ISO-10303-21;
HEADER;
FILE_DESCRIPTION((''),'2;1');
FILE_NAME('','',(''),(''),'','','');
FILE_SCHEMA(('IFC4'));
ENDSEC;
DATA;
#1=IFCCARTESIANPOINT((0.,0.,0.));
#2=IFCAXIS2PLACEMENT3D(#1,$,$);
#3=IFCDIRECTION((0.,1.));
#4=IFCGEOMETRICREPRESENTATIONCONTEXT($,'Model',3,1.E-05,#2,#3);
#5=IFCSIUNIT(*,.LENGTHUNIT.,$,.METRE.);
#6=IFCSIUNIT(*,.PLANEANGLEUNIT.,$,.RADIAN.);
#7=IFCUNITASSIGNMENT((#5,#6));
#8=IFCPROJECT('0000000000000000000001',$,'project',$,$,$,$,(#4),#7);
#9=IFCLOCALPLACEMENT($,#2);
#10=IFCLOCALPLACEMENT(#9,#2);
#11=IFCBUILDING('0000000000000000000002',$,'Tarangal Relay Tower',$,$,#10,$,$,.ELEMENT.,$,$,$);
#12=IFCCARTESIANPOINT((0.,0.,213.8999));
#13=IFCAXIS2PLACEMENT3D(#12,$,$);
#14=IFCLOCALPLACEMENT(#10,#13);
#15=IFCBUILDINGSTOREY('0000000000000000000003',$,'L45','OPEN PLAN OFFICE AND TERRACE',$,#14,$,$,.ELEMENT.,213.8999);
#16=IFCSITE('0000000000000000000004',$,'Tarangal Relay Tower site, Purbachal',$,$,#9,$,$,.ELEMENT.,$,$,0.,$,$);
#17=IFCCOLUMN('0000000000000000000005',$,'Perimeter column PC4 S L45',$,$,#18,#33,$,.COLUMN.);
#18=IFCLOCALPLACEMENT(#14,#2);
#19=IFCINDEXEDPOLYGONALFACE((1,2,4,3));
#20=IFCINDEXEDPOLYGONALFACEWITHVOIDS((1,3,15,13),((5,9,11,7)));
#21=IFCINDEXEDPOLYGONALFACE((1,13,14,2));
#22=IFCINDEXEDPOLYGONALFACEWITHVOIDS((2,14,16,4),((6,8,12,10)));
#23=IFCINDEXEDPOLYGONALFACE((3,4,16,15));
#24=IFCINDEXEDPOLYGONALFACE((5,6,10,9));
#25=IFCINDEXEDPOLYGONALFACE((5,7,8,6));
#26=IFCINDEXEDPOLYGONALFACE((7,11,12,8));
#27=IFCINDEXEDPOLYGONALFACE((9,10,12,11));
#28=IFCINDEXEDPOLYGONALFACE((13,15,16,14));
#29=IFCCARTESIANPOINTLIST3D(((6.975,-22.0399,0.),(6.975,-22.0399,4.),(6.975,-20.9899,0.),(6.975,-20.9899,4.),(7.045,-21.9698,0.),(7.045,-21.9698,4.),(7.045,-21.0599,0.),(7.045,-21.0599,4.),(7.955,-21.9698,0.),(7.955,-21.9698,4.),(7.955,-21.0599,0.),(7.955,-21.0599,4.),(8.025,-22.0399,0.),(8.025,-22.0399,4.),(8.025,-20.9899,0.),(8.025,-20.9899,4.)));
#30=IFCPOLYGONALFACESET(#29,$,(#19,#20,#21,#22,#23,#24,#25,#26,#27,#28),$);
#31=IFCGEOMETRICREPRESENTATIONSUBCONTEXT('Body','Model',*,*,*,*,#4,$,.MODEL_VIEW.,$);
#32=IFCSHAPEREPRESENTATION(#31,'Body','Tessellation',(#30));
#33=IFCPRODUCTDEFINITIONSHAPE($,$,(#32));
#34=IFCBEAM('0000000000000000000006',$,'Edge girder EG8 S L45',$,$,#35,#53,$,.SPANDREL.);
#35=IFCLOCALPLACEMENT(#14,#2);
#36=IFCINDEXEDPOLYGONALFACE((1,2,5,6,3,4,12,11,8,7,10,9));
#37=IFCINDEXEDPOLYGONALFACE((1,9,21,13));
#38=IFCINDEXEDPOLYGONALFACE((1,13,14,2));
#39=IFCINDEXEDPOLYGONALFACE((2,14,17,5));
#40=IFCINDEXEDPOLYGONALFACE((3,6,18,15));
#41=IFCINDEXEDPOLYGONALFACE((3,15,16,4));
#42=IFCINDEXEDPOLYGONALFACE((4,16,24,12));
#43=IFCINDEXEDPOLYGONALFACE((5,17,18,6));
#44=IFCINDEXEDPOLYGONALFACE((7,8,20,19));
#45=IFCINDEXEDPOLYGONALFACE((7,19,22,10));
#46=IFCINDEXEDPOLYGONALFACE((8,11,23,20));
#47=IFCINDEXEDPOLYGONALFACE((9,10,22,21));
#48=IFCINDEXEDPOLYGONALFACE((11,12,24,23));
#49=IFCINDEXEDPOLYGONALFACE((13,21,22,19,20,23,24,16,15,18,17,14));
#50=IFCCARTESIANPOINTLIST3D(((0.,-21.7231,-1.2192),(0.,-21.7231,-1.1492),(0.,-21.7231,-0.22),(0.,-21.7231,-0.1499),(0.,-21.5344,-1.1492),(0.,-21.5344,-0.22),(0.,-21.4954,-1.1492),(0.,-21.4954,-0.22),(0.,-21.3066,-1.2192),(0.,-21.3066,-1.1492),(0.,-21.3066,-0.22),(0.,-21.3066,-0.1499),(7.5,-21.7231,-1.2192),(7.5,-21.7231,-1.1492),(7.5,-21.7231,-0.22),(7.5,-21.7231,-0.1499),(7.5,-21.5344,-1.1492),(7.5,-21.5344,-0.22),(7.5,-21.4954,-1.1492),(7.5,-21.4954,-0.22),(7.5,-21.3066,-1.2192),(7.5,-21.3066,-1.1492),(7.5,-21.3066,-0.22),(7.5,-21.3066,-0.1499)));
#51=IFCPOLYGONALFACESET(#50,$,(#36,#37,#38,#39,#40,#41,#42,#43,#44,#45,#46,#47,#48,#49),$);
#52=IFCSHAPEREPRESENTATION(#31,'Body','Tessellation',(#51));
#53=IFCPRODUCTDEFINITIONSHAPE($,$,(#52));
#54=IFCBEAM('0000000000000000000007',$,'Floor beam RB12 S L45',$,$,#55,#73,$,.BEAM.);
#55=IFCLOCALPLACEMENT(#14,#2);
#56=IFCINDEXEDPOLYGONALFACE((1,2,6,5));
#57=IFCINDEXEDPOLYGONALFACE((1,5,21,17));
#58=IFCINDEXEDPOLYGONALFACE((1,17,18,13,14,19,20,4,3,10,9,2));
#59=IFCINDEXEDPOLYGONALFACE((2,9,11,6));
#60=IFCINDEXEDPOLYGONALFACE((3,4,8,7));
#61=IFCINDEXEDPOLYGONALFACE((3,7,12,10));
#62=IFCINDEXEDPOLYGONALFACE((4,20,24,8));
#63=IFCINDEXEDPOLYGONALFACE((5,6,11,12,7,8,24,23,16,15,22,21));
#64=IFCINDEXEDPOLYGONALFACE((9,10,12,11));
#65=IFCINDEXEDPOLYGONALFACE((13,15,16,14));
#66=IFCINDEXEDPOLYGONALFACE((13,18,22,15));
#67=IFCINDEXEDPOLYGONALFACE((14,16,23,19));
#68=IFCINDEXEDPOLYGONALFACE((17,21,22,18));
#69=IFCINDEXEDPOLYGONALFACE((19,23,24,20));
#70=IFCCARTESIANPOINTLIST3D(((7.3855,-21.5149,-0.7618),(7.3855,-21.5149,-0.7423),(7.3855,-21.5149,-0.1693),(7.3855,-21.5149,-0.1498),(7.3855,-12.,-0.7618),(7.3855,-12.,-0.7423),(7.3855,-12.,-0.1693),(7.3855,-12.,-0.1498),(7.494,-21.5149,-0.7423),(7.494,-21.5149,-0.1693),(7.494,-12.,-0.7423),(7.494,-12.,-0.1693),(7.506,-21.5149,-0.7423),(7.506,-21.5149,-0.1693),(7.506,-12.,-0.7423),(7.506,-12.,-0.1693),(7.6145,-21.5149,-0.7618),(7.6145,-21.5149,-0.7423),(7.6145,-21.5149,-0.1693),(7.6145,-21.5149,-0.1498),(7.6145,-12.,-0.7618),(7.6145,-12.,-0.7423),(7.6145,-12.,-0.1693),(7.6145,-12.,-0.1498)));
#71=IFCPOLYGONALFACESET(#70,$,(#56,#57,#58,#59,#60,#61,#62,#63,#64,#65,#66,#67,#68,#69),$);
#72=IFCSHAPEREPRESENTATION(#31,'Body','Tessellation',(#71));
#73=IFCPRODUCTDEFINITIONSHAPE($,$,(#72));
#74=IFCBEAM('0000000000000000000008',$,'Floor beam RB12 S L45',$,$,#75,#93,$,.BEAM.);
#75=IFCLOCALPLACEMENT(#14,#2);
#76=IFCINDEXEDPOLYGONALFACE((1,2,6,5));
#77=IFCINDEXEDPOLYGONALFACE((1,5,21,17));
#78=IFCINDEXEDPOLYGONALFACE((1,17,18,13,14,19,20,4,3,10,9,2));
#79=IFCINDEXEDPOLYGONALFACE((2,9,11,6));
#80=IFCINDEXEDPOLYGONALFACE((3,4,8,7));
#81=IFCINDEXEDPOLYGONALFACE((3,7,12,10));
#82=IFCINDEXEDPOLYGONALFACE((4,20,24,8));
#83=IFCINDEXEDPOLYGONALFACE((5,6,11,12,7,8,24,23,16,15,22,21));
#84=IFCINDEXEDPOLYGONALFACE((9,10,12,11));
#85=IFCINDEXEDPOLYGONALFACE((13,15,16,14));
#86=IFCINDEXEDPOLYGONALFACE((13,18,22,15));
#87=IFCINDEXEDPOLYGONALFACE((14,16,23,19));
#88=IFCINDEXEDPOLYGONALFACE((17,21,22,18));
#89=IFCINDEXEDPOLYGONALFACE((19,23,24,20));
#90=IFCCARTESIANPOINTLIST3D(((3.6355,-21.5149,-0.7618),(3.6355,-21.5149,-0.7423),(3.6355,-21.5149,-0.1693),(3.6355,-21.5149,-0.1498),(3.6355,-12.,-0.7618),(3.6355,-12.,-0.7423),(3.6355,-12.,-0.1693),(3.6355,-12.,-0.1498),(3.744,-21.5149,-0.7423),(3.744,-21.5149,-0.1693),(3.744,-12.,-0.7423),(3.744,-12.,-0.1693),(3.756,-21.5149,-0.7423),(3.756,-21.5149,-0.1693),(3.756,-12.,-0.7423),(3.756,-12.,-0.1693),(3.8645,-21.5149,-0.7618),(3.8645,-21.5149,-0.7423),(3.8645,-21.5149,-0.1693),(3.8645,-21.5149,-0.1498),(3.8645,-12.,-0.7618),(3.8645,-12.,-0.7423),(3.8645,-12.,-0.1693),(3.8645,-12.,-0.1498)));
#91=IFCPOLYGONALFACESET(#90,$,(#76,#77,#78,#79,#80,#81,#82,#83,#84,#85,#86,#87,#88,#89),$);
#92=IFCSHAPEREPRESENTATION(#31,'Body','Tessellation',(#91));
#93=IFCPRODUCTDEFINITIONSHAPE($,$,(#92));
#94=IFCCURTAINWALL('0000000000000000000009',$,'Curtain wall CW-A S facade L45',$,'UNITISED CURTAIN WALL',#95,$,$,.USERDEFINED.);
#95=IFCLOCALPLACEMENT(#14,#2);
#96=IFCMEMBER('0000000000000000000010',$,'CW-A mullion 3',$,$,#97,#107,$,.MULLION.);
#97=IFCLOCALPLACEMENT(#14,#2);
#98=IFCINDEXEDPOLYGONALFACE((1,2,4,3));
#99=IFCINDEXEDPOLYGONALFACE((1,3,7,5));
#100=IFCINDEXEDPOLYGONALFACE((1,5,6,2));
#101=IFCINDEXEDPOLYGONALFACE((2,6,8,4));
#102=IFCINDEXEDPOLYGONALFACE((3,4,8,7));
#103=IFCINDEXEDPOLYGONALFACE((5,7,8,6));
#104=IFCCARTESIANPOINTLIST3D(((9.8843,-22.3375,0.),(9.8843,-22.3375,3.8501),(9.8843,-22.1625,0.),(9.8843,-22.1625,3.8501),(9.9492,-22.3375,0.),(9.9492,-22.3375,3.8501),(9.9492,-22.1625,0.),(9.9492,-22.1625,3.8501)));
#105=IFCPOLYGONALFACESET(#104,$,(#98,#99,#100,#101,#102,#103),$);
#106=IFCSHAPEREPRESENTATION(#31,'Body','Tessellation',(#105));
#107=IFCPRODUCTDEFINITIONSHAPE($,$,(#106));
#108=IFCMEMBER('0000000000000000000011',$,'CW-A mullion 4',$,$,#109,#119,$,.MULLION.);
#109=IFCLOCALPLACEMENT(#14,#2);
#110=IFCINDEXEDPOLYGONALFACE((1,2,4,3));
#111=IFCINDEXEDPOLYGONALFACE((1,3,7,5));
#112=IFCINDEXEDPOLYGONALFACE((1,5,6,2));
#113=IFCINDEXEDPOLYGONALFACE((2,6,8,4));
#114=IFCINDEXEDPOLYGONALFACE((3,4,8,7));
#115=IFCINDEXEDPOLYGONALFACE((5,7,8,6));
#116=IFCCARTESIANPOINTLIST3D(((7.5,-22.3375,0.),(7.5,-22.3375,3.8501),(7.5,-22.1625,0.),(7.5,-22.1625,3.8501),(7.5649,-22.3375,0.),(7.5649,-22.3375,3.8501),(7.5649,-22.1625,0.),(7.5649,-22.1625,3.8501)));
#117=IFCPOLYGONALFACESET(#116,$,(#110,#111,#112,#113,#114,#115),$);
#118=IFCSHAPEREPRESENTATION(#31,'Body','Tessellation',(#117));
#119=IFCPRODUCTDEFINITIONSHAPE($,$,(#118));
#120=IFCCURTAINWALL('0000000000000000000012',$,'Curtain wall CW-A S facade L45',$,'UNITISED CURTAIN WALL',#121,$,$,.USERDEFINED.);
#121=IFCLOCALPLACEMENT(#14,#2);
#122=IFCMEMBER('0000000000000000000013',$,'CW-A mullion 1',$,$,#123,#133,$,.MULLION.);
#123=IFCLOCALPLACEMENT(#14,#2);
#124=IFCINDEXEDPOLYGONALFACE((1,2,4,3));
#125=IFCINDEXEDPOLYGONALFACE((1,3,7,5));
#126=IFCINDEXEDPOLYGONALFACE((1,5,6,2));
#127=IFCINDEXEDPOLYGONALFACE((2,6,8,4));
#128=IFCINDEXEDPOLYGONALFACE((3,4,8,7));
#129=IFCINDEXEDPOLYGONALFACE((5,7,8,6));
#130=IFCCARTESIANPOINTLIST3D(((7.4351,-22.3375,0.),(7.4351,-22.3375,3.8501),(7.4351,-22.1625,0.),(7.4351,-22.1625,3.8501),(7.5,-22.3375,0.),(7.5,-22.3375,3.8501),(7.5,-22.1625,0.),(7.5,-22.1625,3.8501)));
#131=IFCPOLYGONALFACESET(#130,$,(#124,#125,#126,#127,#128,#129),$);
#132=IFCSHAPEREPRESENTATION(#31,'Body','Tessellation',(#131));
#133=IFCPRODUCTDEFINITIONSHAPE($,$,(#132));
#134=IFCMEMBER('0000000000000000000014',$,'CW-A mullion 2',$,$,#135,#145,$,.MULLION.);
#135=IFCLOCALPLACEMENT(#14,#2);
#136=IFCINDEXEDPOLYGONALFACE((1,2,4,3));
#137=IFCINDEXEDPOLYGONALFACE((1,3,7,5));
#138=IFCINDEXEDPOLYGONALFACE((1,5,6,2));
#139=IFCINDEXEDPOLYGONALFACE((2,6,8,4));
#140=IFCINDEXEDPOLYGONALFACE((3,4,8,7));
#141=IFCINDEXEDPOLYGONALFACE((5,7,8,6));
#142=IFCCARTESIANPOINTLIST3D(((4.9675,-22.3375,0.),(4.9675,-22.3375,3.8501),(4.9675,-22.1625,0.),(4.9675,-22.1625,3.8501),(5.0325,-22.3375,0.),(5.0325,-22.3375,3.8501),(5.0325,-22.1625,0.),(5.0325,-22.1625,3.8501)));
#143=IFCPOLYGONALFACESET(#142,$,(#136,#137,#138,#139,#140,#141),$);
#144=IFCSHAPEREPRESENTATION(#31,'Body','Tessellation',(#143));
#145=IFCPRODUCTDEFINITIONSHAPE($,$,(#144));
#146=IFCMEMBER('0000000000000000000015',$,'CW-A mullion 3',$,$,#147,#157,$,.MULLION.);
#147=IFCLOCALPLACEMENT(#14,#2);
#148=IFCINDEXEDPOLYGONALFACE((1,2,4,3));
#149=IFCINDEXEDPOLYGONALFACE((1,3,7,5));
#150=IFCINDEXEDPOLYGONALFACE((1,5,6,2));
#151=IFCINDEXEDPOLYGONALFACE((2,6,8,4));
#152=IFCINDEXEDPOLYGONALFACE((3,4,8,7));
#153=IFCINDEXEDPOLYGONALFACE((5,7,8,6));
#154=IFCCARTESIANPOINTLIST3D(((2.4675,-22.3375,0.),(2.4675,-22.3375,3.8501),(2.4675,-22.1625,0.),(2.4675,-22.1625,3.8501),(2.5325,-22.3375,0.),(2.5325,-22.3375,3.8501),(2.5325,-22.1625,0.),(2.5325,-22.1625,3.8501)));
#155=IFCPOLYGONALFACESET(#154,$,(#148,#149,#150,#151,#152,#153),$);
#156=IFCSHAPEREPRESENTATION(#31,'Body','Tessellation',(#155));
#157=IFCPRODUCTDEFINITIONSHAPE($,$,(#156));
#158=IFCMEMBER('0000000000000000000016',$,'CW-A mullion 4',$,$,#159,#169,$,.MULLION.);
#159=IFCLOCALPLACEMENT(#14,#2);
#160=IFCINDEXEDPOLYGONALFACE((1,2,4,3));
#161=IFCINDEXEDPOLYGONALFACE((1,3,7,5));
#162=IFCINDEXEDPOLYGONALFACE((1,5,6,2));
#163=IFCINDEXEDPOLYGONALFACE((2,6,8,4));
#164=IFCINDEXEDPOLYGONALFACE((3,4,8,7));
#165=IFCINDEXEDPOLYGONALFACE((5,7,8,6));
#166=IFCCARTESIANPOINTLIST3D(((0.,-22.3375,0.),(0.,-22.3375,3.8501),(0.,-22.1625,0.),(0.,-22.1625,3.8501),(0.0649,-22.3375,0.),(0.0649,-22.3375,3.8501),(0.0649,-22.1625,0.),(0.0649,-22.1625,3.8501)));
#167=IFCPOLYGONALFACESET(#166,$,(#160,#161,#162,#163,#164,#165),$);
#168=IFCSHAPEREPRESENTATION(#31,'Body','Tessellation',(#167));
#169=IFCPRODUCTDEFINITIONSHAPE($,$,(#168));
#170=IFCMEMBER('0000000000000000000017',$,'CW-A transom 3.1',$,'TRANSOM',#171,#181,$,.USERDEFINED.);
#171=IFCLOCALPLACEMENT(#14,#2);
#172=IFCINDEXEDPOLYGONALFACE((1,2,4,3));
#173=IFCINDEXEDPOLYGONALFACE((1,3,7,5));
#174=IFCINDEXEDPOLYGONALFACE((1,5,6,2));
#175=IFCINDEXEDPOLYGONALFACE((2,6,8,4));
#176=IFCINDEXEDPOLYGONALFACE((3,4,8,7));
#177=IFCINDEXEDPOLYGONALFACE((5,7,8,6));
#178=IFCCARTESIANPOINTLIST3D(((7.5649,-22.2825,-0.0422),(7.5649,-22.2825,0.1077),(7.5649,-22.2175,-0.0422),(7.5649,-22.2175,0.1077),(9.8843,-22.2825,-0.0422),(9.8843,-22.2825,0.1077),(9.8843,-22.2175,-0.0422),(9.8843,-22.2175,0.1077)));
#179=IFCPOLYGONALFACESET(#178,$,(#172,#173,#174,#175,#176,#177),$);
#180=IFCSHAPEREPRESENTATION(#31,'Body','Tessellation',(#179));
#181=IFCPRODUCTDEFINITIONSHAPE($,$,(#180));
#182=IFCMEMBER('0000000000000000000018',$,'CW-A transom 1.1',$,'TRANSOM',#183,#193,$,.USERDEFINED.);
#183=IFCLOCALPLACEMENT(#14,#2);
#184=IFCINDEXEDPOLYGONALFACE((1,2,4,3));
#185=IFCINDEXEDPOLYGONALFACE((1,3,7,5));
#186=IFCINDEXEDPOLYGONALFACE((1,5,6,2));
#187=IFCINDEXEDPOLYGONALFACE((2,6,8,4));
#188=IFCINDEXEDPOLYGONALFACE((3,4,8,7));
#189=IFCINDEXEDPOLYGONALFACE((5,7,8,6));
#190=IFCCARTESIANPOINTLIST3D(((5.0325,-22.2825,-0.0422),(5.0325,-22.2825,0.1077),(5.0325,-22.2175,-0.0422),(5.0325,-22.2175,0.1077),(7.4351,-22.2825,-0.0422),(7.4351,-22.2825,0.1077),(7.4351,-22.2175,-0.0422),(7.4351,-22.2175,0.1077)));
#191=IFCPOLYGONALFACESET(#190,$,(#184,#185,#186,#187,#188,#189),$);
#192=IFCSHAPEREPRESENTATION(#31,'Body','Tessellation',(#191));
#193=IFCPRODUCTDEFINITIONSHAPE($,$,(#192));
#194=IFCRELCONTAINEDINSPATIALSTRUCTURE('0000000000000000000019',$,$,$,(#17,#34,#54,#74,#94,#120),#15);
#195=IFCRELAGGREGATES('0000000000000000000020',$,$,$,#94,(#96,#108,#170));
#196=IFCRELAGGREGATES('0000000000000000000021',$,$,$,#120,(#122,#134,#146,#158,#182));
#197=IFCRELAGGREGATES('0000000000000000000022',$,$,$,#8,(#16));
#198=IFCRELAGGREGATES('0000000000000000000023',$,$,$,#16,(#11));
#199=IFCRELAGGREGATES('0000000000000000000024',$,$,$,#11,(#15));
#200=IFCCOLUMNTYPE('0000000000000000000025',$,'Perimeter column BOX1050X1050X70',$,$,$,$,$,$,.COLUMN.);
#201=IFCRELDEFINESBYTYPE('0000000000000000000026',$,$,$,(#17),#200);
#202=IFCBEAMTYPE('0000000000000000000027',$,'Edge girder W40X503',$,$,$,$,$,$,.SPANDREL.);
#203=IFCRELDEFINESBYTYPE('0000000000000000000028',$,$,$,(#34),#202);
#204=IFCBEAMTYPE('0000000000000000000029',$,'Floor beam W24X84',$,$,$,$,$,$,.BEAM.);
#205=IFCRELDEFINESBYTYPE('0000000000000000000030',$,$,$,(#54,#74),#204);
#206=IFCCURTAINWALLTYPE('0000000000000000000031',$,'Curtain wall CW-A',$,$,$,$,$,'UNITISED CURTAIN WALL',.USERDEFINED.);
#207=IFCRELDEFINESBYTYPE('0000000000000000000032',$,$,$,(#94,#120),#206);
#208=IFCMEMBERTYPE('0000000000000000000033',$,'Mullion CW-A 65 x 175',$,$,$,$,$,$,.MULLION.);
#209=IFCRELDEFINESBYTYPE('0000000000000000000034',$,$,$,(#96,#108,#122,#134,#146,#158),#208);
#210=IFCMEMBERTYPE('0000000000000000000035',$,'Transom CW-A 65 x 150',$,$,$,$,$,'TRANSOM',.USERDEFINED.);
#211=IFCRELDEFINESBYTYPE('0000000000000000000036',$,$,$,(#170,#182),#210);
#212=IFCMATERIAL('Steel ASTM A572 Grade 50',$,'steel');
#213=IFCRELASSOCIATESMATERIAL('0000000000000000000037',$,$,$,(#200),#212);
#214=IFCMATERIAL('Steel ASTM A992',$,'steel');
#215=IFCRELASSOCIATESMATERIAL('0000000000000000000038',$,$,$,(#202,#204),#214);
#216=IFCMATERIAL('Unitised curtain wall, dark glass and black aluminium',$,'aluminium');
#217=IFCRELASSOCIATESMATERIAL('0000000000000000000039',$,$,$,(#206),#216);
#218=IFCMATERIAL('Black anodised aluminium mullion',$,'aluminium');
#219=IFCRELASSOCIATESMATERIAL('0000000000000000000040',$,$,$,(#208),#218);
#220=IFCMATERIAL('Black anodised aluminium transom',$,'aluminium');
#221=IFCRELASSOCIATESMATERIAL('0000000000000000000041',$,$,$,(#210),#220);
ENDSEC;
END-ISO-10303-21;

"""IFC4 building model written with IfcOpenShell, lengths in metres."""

from ifc_helpers import new_model, si_unit, direction, frame, origin, origin_2d, place, context, subcontext, project, spatial, rectangle, hollow_rectangle, i_section, extrude, material, material_profile, profile_set, type_object, element, aggregate, save


model = new_model("IFC4")

# Units and contexts
model_context = context("Model", 3, precision=1e-05, world=origin(), true_north=direction((0.0, 1.0)))
body_context = subcontext(model_context, "Body", "Model", "MODEL_VIEW")
ifc_project = project(units=[si_unit("LENGTHUNIT", "METRE"), si_unit("PLANEANGLEUNIT", "RADIAN")], contexts=[model_context])

# Site, building, storey
site_placement = place(None, origin())
site = spatial("IfcSite", under=ifc_project, at=site_placement, Name="Tarangal Relay Tower site, Purbachal", CompositionType="ELEMENT", RefElevation=0.0)
building_placement = place(site_placement, origin())
building = spatial("IfcBuilding", under=site, at=building_placement, Name="Tarangal Relay Tower", CompositionType="ELEMENT")
storey_placement = place(building_placement, frame((0.0, 0.0, 213.8999)))
storey = spatial("IfcBuildingStorey", under=building, at=storey_placement, Name="L45", Description="OPEN PLAN OFFICE AND TERRACE", CompositionType="ELEMENT", Elevation=213.8999)

# Column
ifc_material_1 = material(Name="Steel ASTM A572 Grade 50", Category="steel")
ifc_material_profile_1 = material_profile(ifc_material_1, hollow_rectangle(XDim=1.05, YDim=1.05, WallThickness=0.0701, at=origin_2d()), Name="BOX1050X1050X70")
ifc_profile_set_1 = profile_set([ifc_material_profile_1], Name="Steel ASTM A572 Grade 50")
column_type = type_object("IfcColumnType", Name="Perimeter column BOX1050X1050X70", PredefinedType="COLUMN", material=ifc_profile_set_1)
column_placement = place(storey_placement, frame((7.5, -21.5149, 0.0), z_axis=(0.0, 0.0, 1.0), x_axis=(1.0, 0.0, 0.0)))
element("IfcColumn", 1, at=column_placement, inside=storey, type_object=column_type, Name="Perimeter column PC4 S L45", PredefinedType="COLUMN", context=body_context, shape_type="SweptSolid", body=[
    extrude(hollow_rectangle(XDim=1.05, YDim=1.05, WallThickness=0.0701, at=origin_2d()), origin(), (0.0, 0.0, 1.0), 4.0),
])

# Beams
ifc_material_2 = material(Name="Steel ASTM A992", Category="steel")
ifc_material_profile_2 = material_profile(ifc_material_2, i_section(OverallWidth=0.4165, OverallDepth=1.0693, WebThickness=0.0391, FlangeThickness=0.0701, at=origin_2d()), Name="W40X503")
ifc_profile_set_2 = profile_set([ifc_material_profile_2], Name="Steel ASTM A992")
beam_type_1 = type_object("IfcBeamType", Name="Edge girder W40X503", PredefinedType="SPANDREL", material=ifc_profile_set_2)
beam_placement = place(storey_placement, frame((7.5, -21.5149, -0.6846), z_axis=(-1.0, 0.0, 0.0), x_axis=(0.0, -1.0, 0.0)))
element("IfcBeam", 2, at=beam_placement, inside=storey, type_object=beam_type_1, Name="Edge girder EG8 S L45", PredefinedType="SPANDREL", context=body_context, shape_type="SweptSolid", body=[
    extrude(i_section(OverallWidth=0.4165, OverallDepth=1.0693, WebThickness=0.0391, FlangeThickness=0.0701, at=origin_2d()), origin(), (0.0, 0.0, 1.0), 7.5),
])
ifc_material_profile_3 = material_profile(ifc_material_2, i_section(OverallWidth=0.229, OverallDepth=0.6121, WebThickness=0.012, FlangeThickness=0.0195, at=origin_2d()), Name="W24X84")
ifc_profile_set_3 = profile_set([ifc_material_profile_3], Name="Steel ASTM A992")
beam_type_2 = type_object("IfcBeamType", Name="Floor beam W24X84", PredefinedType="BEAM", material=ifc_profile_set_3)
for number, where, z_axis, x_axis, name in (
    (3, (7.5, -12.0, -0.4558), (0.0, -1.0, 0.0), (1.0, 0.0, 0.0), "Floor beam RB12 S L45"),
    (4, (3.75, -12.0, -0.4558), (0.0, -1.0, 0.0), (1.0, 0.0, 0.0), "Floor beam RB12 S L45"),
):
    element("IfcBeam", number, at=place(storey_placement, frame(where, z_axis=z_axis, x_axis=x_axis)), inside=storey, type_object=beam_type_2, Name=name, PredefinedType="BEAM", context=body_context, shape_type="SweptSolid", body=[
        extrude(i_section(OverallWidth=0.229, OverallDepth=0.6121, WebThickness=0.012, FlangeThickness=0.0195, at=origin_2d()), origin(), (0.0, 0.0, 1.0), 9.5149),
    ])

# Curtain walls, members
ifc_material_3 = material(Name="Unitised curtain wall, dark glass and black aluminium", Category="aluminium")
curtain_wall_type = type_object("IfcCurtainWallType", Name="Curtain wall CW-A", ElementType="UNITISED CURTAIN WALL", PredefinedType="USERDEFINED", material=ifc_material_3)
curtain_wall_1_placement = place(storey_placement, origin())
curtain_wall_1 = element("IfcCurtainWall", 5, at=curtain_wall_1_placement, inside=storey, type_object=curtain_wall_type, Name="Curtain wall CW-A S facade L45", ObjectType="UNITISED CURTAIN WALL", PredefinedType="USERDEFINED")
ifc_material_4 = material(Name="Black anodised aluminium mullion", Category="aluminium")
ifc_material_profile_4 = material_profile(ifc_material_4, rectangle(XDim=0.175, YDim=0.0649, at=origin_2d()), Name="CW-AM 65X175")
ifc_profile_set_4 = profile_set([ifc_material_profile_4], Name="Black anodised aluminium mullion")
member_type_1 = type_object("IfcMemberType", Name="Mullion CW-A 65 x 175", PredefinedType="MULLION", material=ifc_profile_set_4)
member_1_placement = place(storey_placement, frame((9.9167, -22.25, 0.0), z_axis=(0.0, 0.0, 1.0), x_axis=(0.0, -1.0, 0.0)))
member_1 = element("IfcMember", 6, at=member_1_placement, type_object=member_type_1, Name="CW-A mullion 3", PredefinedType="MULLION", context=body_context, shape_type="SweptSolid", body=[
    extrude(rectangle(XDim=0.175, YDim=0.0649, at=origin_2d()), origin(), (0.0, 0.0, 1.0), 3.8501),
])
member_2_placement = place(storey_placement, frame((7.5325, -22.25, 0.0), z_axis=(0.0, 0.0, 1.0), x_axis=(0.0, -1.0, 0.0)))
member_2 = element("IfcMember", 7, at=member_2_placement, type_object=member_type_1, Name="CW-A mullion 4", PredefinedType="MULLION", context=body_context, shape_type="SweptSolid", body=[
    extrude(rectangle(XDim=0.175, YDim=0.0649, at=origin_2d()), origin(), (0.0, 0.0, 1.0), 3.8501),
])
curtain_wall_2_placement = place(storey_placement, origin())
curtain_wall_2 = element("IfcCurtainWall", 8, at=curtain_wall_2_placement, inside=storey, type_object=curtain_wall_type, Name="Curtain wall CW-A S facade L45", ObjectType="UNITISED CURTAIN WALL", PredefinedType="USERDEFINED")
member_3_placement = place(storey_placement, frame((7.4675, -22.25, 0.0), z_axis=(0.0, 0.0, 1.0), x_axis=(0.0, -1.0, 0.0)))
member_3 = element("IfcMember", 9, at=member_3_placement, type_object=member_type_1, Name="CW-A mullion 1", PredefinedType="MULLION", context=body_context, shape_type="SweptSolid", body=[
    extrude(rectangle(XDim=0.175, YDim=0.0649, at=origin_2d()), origin(), (0.0, 0.0, 1.0), 3.8501),
])
member_4_placement = place(storey_placement, frame((5.0, -22.25, 0.0), z_axis=(0.0, 0.0, 1.0), x_axis=(0.0, -1.0, 0.0)))
member_4 = element("IfcMember", 10, at=member_4_placement, type_object=member_type_1, Name="CW-A mullion 2", PredefinedType="MULLION", context=body_context, shape_type="SweptSolid", body=[
    extrude(rectangle(XDim=0.175, YDim=0.0649, at=origin_2d()), origin(), (0.0, 0.0, 1.0), 3.8501),
])
member_5_placement = place(storey_placement, frame((2.5, -22.25, 0.0), z_axis=(0.0, 0.0, 1.0), x_axis=(0.0, -1.0, 0.0)))
member_5 = element("IfcMember", 11, at=member_5_placement, type_object=member_type_1, Name="CW-A mullion 3", PredefinedType="MULLION", context=body_context, shape_type="SweptSolid", body=[
    extrude(rectangle(XDim=0.175, YDim=0.0649, at=origin_2d()), origin(), (0.0, 0.0, 1.0), 3.8501),
])
member_6_placement = place(storey_placement, frame((0.0325, -22.25, 0.0), z_axis=(0.0, 0.0, 1.0), x_axis=(0.0, -1.0, 0.0)))
member_6 = element("IfcMember", 12, at=member_6_placement, type_object=member_type_1, Name="CW-A mullion 4", PredefinedType="MULLION", context=body_context, shape_type="SweptSolid", body=[
    extrude(rectangle(XDim=0.175, YDim=0.0649, at=origin_2d()), origin(), (0.0, 0.0, 1.0), 3.8501),
])

# Members
ifc_material_5 = material(Name="Black anodised aluminium transom", Category="aluminium")
ifc_material_profile_5 = material_profile(ifc_material_5, rectangle(XDim=0.0649, YDim=0.1499, at=origin_2d()), Name="CW-AT 65X150")
ifc_profile_set_5 = profile_set([ifc_material_profile_5], Name="Black anodised aluminium transom")
member_type_2 = type_object("IfcMemberType", Name="Transom CW-A 65 x 150", ElementType="TRANSOM", PredefinedType="USERDEFINED", material=ifc_profile_set_5)
member_7_placement = place(storey_placement, frame((9.8843, -22.25, 0.0327), z_axis=(-1.0, 0.0, 0.0), x_axis=(0.0, -1.0, 0.0)))
member_7 = element("IfcMember", 13, at=member_7_placement, type_object=member_type_2, Name="CW-A transom 3.1", ObjectType="TRANSOM", PredefinedType="USERDEFINED", context=body_context, shape_type="SweptSolid", body=[
    extrude(rectangle(XDim=0.0649, YDim=0.1499, at=origin_2d()), origin(), (0.0, 0.0, 1.0), 2.3193),
])
member_8_placement = place(storey_placement, frame((7.4351, -22.25, 0.0327), z_axis=(-1.0, 0.0, 0.0), x_axis=(0.0, -1.0, 0.0)))
member_8 = element("IfcMember", 14, at=member_8_placement, type_object=member_type_2, Name="CW-A transom 1.1", ObjectType="TRANSOM", PredefinedType="USERDEFINED", context=body_context, shape_type="SweptSolid", body=[
    extrude(rectangle(XDim=0.0649, YDim=0.1499, at=origin_2d()), origin(), (0.0, 0.0, 1.0), 2.4026),
])

aggregate(curtain_wall_1, [member_1, member_2, member_7])
aggregate(curtain_wall_2, [member_3, member_4, member_5, member_6, member_8])

save(model, "model.ifc")
